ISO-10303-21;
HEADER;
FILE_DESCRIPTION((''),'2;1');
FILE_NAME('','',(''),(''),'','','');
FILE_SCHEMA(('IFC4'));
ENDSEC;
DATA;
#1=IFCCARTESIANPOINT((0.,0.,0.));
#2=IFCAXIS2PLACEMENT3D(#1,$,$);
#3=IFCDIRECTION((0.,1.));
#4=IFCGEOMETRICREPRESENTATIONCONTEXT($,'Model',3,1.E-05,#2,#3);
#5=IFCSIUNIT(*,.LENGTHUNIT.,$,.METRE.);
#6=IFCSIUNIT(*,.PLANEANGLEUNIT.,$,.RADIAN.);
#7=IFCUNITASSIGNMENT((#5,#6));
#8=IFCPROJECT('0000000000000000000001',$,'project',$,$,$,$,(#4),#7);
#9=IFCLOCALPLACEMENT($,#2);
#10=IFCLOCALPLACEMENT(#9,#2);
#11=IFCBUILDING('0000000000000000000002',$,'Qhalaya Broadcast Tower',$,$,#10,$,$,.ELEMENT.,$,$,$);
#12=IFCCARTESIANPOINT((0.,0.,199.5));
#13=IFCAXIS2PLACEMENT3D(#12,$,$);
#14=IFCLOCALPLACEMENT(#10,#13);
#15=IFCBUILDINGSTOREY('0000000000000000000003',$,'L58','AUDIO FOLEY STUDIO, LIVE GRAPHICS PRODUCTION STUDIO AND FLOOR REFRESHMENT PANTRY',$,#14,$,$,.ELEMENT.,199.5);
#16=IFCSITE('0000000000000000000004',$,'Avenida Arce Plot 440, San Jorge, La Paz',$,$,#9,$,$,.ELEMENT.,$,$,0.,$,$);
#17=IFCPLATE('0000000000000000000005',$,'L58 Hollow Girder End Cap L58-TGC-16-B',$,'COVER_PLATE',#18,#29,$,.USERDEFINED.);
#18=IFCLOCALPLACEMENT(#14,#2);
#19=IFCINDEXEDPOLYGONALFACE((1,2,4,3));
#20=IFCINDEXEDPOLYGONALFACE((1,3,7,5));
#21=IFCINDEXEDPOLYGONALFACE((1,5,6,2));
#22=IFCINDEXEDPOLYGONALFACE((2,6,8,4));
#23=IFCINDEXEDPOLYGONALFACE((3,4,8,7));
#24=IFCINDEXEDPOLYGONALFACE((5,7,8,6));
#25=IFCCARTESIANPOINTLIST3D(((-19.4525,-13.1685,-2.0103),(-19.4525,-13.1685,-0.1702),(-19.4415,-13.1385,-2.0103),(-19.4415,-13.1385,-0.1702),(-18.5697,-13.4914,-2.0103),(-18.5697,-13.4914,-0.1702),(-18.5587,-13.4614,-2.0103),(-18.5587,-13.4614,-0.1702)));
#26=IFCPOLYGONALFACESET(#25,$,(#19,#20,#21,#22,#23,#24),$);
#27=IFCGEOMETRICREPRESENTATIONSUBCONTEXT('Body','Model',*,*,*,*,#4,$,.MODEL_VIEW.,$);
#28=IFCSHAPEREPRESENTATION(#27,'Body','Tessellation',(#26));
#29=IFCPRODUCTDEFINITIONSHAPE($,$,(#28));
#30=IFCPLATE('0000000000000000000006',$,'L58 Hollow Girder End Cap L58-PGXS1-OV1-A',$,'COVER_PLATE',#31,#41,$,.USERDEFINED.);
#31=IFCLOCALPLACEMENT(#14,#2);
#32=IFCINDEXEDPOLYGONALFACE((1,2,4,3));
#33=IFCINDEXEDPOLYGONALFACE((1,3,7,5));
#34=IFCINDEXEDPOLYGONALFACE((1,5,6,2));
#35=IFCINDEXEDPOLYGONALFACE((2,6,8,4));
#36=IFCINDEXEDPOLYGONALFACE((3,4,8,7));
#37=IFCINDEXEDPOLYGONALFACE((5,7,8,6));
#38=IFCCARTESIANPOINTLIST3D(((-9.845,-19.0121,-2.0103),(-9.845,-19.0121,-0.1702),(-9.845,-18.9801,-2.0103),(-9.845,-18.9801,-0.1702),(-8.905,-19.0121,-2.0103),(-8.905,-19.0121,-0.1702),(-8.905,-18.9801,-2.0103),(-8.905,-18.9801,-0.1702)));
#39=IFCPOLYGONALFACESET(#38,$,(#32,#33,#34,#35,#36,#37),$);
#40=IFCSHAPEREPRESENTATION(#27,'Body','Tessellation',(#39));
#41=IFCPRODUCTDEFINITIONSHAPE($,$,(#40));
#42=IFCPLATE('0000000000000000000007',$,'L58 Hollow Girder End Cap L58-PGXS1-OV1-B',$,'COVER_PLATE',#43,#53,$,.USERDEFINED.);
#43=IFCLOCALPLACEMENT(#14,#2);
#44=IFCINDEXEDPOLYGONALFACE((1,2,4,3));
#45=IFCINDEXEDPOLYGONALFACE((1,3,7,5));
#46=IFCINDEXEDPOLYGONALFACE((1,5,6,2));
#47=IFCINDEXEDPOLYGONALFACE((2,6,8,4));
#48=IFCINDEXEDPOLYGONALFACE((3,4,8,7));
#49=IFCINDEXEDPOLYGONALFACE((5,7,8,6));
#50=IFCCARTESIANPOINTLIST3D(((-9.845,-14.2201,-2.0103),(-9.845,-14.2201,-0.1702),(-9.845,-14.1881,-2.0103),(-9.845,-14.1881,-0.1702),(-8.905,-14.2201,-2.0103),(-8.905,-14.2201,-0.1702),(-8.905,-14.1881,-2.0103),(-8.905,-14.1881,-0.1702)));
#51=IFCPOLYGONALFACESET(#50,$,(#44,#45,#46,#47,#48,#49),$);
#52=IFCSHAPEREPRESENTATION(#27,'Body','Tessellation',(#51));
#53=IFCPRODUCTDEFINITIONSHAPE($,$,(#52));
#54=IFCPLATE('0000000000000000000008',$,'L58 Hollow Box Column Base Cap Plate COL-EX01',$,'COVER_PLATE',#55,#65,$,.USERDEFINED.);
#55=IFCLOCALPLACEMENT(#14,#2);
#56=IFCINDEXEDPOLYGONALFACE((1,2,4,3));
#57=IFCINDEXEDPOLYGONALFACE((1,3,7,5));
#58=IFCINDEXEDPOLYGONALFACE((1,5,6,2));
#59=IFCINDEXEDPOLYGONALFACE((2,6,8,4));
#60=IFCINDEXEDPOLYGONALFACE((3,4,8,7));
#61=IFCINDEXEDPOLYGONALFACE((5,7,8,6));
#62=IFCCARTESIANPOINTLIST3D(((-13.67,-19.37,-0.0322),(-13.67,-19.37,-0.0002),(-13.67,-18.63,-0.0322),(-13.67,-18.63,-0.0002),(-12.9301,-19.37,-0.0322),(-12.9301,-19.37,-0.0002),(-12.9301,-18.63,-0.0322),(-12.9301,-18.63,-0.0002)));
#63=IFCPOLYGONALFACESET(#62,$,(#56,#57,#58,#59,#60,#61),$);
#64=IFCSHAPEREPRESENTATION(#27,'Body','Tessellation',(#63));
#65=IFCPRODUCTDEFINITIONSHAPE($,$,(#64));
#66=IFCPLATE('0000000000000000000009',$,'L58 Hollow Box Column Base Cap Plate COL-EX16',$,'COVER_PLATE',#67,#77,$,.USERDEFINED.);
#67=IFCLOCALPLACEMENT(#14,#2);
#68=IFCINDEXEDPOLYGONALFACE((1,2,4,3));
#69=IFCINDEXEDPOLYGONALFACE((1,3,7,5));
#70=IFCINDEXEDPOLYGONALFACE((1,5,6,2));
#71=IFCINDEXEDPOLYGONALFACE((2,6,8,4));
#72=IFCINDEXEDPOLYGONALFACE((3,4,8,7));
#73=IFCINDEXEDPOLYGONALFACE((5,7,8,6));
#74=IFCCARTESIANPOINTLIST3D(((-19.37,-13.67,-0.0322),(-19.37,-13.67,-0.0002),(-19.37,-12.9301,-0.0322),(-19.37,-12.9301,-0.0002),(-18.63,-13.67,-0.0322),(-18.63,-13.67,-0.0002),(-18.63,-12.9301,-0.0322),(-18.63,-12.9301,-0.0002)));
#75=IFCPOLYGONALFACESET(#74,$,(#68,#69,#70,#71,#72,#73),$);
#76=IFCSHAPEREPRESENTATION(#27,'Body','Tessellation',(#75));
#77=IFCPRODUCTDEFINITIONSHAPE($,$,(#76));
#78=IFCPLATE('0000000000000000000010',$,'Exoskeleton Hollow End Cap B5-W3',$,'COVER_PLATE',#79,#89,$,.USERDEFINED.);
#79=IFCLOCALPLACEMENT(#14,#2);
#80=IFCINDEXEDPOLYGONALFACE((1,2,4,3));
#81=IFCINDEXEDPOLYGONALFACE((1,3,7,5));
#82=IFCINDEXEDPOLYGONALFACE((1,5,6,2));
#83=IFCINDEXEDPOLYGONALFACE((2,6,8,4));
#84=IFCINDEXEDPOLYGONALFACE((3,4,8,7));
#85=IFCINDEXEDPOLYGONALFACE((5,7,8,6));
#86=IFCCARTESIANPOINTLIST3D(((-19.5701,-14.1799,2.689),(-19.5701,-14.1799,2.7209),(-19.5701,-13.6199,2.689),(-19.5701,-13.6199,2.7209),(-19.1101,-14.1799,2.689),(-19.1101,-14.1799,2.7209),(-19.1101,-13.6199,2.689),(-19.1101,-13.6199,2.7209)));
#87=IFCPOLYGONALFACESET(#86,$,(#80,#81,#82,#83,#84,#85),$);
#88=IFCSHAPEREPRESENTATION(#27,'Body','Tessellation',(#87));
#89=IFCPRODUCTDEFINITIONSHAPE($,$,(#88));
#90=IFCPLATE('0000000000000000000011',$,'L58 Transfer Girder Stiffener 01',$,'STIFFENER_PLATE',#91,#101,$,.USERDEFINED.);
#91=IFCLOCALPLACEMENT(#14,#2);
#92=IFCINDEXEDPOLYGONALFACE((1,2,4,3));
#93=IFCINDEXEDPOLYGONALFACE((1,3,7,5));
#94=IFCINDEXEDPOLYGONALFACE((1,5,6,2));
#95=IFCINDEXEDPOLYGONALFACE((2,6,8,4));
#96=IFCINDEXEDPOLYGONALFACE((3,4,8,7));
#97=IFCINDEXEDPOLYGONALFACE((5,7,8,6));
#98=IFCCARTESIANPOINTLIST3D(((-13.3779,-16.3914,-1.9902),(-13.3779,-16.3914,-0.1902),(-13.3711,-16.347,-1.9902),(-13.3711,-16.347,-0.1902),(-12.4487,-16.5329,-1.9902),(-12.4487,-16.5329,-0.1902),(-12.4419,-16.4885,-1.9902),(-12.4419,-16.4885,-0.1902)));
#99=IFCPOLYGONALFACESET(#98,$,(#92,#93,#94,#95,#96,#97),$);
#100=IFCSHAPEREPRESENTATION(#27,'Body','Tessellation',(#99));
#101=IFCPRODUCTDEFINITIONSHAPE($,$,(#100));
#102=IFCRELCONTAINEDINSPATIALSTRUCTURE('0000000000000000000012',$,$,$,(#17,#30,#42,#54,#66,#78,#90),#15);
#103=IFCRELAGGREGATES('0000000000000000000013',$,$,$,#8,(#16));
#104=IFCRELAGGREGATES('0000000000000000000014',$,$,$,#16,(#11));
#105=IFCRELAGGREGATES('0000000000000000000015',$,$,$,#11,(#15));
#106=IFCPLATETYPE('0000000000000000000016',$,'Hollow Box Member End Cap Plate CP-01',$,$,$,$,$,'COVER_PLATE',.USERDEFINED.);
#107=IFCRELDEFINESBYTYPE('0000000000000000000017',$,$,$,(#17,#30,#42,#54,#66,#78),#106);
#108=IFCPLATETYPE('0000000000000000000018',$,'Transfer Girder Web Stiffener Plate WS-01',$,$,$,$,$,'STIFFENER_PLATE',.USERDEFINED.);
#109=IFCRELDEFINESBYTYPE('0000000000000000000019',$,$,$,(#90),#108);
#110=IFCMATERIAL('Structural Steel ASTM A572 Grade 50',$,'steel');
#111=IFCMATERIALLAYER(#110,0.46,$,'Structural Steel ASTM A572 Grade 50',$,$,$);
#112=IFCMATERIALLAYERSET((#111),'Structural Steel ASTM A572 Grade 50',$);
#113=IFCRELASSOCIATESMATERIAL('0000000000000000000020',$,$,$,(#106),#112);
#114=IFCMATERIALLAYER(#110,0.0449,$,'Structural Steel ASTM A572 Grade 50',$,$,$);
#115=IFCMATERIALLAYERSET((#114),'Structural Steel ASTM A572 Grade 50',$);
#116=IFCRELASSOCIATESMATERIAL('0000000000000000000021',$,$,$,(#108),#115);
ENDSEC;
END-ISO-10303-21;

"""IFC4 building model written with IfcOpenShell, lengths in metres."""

from ifc_helpers import new_model, si_unit, direction, frame, origin, origin_2d, place, context, subcontext, project, spatial, rectangle, extrude, material, layer, layer_set, type_object, element, save


model = new_model("IFC4")

# Units and contexts
model_context = context("Model", 3, precision=1e-05, world=origin(), true_north=direction((0.0, 1.0)))
body_context = subcontext(model_context, "Body", "Model", "MODEL_VIEW")
ifc_project = project(units=[si_unit("LENGTHUNIT", "METRE"), si_unit("PLANEANGLEUNIT", "RADIAN")], contexts=[model_context])

# Site, building, storey
site_placement = place(None, origin())
site = spatial("IfcSite", under=ifc_project, at=site_placement, Name="Avenida Arce Plot 440, San Jorge, La Paz", CompositionType="ELEMENT", RefElevation=0.0)
building_placement = place(site_placement, origin())
building = spatial("IfcBuilding", under=site, at=building_placement, Name="Qhalaya Broadcast Tower", CompositionType="ELEMENT")
storey_placement = place(building_placement, frame((0.0, 0.0, 199.5)))
storey = spatial("IfcBuildingStorey", under=building, at=storey_placement, Name="L58", Description="AUDIO FOLEY STUDIO, LIVE GRAPHICS PRODUCTION STUDIO AND FLOOR REFRESHMENT PANTRY", CompositionType="ELEMENT", Elevation=199.5)

# Shared definitions
ifc_material_1 = material(Name="Structural Steel ASTM A572 Grade 50", Category="steel")

# Plates
ifc_layer_1 = layer(ifc_material_1, 0.46, Name="Structural Steel ASTM A572 Grade 50")
ifc_layer_set_1 = layer_set([ifc_layer_1], Name="Structural Steel ASTM A572 Grade 50")
plate_type_1 = type_object("IfcPlateType", Name="Hollow Box Member End Cap Plate CP-01", ElementType="COVER_PLATE", PredefinedType="USERDEFINED", material=ifc_layer_set_1)
for number, where, z_axis, x_axis, name in (
    (1, (-19.0056, -13.3149, -2.0103), (0.0, 0.0, 1.0), (0.939154, -0.343496, 0.0), "L58 Hollow Girder End Cap L58-TGC-16-B"),
    (2, (-9.375, -18.9961, -2.0103), (0.0, 0.0, 1.0), (-1.0, 0.0, 0.0), "L58 Hollow Girder End Cap L58-PGXS1-OV1-A"),
    (3, (-9.375, -14.2041, -2.0103), (0.0, 0.0, 1.0), (-1.0, 0.0, 0.0), "L58 Hollow Girder End Cap L58-PGXS1-OV1-B"),
):
    element("IfcPlate", number, at=place(storey_placement, frame(where, z_axis=z_axis, x_axis=x_axis)), inside=storey, type_object=plate_type_1, Name=name, ObjectType="COVER_PLATE", PredefinedType="USERDEFINED", context=body_context, shape_type="SweptSolid", body=[
        extrude(rectangle(XDim=0.9399, YDim=0.032, at=origin_2d()), origin(), (0.0, 0.0, 1.0), 1.8401),
    ])
for number, where, z_axis, x_axis, name in (
    (4, (-13.3, -19.0, -0.0322), (0.0, 0.0, 1.0), (1.0, 0.0, 0.0), "L58 Hollow Box Column Base Cap Plate COL-EX01"),
    (5, (-19.0, -13.3, -0.0322), (0.0, 0.0, 1.0), (0.0, 1.0, 0.0), "L58 Hollow Box Column Base Cap Plate COL-EX16"),
):
    element("IfcPlate", number, at=place(storey_placement, frame(where, z_axis=z_axis, x_axis=x_axis)), inside=storey, type_object=plate_type_1, Name=name, ObjectType="COVER_PLATE", PredefinedType="USERDEFINED", context=body_context, shape_type="SweptSolid", body=[
        extrude(rectangle(XDim=0.74, YDim=0.74, at=origin_2d()), origin(), (0.0, 0.0, 1.0), 0.032),
    ])
plate_1_placement = place(storey_placement, frame((-19.3401, -13.8999, 2.689), z_axis=(0.0, 0.0, 1.0), x_axis=(0.0, 1.0, 0.0)))
element("IfcPlate", 6, at=plate_1_placement, inside=storey, type_object=plate_type_1, Name="Exoskeleton Hollow End Cap B5-W3", ObjectType="COVER_PLATE", PredefinedType="USERDEFINED", context=body_context, shape_type="SweptSolid", body=[
    extrude(rectangle(XDim=0.5601, YDim=0.46, at=origin_2d()), origin(), (0.0, 0.0, 1.0), 0.032),
])
ifc_layer_2 = layer(ifc_material_1, 0.0449, Name="Structural Steel ASTM A572 Grade 50")
ifc_layer_set_2 = layer_set([ifc_layer_2], Name="Structural Steel ASTM A572 Grade 50")
plate_type_2 = type_object("IfcPlateType", Name="Transfer Girder Web Stiffener Plate WS-01", ElementType="STIFFENER_PLATE", PredefinedType="USERDEFINED", material=ifc_layer_set_2)
plate_2_placement = place(storey_placement, frame((-12.9099, -16.4399, -1.9902), z_axis=(0.0, 0.0, 1.0), x_axis=(0.988594, -0.150605, 0.0)))
element("IfcPlate", 7, at=plate_2_placement, inside=storey, type_object=plate_type_2, Name="L58 Transfer Girder Stiffener 01", ObjectType="STIFFENER_PLATE", PredefinedType="USERDEFINED", context=body_context, shape_type="SweptSolid", body=[
    extrude(rectangle(XDim=0.9399, YDim=0.0449, at=origin_2d()), origin(), (0.0, 0.0, 1.0), 1.8),
])

save(model, "model.ifc")
